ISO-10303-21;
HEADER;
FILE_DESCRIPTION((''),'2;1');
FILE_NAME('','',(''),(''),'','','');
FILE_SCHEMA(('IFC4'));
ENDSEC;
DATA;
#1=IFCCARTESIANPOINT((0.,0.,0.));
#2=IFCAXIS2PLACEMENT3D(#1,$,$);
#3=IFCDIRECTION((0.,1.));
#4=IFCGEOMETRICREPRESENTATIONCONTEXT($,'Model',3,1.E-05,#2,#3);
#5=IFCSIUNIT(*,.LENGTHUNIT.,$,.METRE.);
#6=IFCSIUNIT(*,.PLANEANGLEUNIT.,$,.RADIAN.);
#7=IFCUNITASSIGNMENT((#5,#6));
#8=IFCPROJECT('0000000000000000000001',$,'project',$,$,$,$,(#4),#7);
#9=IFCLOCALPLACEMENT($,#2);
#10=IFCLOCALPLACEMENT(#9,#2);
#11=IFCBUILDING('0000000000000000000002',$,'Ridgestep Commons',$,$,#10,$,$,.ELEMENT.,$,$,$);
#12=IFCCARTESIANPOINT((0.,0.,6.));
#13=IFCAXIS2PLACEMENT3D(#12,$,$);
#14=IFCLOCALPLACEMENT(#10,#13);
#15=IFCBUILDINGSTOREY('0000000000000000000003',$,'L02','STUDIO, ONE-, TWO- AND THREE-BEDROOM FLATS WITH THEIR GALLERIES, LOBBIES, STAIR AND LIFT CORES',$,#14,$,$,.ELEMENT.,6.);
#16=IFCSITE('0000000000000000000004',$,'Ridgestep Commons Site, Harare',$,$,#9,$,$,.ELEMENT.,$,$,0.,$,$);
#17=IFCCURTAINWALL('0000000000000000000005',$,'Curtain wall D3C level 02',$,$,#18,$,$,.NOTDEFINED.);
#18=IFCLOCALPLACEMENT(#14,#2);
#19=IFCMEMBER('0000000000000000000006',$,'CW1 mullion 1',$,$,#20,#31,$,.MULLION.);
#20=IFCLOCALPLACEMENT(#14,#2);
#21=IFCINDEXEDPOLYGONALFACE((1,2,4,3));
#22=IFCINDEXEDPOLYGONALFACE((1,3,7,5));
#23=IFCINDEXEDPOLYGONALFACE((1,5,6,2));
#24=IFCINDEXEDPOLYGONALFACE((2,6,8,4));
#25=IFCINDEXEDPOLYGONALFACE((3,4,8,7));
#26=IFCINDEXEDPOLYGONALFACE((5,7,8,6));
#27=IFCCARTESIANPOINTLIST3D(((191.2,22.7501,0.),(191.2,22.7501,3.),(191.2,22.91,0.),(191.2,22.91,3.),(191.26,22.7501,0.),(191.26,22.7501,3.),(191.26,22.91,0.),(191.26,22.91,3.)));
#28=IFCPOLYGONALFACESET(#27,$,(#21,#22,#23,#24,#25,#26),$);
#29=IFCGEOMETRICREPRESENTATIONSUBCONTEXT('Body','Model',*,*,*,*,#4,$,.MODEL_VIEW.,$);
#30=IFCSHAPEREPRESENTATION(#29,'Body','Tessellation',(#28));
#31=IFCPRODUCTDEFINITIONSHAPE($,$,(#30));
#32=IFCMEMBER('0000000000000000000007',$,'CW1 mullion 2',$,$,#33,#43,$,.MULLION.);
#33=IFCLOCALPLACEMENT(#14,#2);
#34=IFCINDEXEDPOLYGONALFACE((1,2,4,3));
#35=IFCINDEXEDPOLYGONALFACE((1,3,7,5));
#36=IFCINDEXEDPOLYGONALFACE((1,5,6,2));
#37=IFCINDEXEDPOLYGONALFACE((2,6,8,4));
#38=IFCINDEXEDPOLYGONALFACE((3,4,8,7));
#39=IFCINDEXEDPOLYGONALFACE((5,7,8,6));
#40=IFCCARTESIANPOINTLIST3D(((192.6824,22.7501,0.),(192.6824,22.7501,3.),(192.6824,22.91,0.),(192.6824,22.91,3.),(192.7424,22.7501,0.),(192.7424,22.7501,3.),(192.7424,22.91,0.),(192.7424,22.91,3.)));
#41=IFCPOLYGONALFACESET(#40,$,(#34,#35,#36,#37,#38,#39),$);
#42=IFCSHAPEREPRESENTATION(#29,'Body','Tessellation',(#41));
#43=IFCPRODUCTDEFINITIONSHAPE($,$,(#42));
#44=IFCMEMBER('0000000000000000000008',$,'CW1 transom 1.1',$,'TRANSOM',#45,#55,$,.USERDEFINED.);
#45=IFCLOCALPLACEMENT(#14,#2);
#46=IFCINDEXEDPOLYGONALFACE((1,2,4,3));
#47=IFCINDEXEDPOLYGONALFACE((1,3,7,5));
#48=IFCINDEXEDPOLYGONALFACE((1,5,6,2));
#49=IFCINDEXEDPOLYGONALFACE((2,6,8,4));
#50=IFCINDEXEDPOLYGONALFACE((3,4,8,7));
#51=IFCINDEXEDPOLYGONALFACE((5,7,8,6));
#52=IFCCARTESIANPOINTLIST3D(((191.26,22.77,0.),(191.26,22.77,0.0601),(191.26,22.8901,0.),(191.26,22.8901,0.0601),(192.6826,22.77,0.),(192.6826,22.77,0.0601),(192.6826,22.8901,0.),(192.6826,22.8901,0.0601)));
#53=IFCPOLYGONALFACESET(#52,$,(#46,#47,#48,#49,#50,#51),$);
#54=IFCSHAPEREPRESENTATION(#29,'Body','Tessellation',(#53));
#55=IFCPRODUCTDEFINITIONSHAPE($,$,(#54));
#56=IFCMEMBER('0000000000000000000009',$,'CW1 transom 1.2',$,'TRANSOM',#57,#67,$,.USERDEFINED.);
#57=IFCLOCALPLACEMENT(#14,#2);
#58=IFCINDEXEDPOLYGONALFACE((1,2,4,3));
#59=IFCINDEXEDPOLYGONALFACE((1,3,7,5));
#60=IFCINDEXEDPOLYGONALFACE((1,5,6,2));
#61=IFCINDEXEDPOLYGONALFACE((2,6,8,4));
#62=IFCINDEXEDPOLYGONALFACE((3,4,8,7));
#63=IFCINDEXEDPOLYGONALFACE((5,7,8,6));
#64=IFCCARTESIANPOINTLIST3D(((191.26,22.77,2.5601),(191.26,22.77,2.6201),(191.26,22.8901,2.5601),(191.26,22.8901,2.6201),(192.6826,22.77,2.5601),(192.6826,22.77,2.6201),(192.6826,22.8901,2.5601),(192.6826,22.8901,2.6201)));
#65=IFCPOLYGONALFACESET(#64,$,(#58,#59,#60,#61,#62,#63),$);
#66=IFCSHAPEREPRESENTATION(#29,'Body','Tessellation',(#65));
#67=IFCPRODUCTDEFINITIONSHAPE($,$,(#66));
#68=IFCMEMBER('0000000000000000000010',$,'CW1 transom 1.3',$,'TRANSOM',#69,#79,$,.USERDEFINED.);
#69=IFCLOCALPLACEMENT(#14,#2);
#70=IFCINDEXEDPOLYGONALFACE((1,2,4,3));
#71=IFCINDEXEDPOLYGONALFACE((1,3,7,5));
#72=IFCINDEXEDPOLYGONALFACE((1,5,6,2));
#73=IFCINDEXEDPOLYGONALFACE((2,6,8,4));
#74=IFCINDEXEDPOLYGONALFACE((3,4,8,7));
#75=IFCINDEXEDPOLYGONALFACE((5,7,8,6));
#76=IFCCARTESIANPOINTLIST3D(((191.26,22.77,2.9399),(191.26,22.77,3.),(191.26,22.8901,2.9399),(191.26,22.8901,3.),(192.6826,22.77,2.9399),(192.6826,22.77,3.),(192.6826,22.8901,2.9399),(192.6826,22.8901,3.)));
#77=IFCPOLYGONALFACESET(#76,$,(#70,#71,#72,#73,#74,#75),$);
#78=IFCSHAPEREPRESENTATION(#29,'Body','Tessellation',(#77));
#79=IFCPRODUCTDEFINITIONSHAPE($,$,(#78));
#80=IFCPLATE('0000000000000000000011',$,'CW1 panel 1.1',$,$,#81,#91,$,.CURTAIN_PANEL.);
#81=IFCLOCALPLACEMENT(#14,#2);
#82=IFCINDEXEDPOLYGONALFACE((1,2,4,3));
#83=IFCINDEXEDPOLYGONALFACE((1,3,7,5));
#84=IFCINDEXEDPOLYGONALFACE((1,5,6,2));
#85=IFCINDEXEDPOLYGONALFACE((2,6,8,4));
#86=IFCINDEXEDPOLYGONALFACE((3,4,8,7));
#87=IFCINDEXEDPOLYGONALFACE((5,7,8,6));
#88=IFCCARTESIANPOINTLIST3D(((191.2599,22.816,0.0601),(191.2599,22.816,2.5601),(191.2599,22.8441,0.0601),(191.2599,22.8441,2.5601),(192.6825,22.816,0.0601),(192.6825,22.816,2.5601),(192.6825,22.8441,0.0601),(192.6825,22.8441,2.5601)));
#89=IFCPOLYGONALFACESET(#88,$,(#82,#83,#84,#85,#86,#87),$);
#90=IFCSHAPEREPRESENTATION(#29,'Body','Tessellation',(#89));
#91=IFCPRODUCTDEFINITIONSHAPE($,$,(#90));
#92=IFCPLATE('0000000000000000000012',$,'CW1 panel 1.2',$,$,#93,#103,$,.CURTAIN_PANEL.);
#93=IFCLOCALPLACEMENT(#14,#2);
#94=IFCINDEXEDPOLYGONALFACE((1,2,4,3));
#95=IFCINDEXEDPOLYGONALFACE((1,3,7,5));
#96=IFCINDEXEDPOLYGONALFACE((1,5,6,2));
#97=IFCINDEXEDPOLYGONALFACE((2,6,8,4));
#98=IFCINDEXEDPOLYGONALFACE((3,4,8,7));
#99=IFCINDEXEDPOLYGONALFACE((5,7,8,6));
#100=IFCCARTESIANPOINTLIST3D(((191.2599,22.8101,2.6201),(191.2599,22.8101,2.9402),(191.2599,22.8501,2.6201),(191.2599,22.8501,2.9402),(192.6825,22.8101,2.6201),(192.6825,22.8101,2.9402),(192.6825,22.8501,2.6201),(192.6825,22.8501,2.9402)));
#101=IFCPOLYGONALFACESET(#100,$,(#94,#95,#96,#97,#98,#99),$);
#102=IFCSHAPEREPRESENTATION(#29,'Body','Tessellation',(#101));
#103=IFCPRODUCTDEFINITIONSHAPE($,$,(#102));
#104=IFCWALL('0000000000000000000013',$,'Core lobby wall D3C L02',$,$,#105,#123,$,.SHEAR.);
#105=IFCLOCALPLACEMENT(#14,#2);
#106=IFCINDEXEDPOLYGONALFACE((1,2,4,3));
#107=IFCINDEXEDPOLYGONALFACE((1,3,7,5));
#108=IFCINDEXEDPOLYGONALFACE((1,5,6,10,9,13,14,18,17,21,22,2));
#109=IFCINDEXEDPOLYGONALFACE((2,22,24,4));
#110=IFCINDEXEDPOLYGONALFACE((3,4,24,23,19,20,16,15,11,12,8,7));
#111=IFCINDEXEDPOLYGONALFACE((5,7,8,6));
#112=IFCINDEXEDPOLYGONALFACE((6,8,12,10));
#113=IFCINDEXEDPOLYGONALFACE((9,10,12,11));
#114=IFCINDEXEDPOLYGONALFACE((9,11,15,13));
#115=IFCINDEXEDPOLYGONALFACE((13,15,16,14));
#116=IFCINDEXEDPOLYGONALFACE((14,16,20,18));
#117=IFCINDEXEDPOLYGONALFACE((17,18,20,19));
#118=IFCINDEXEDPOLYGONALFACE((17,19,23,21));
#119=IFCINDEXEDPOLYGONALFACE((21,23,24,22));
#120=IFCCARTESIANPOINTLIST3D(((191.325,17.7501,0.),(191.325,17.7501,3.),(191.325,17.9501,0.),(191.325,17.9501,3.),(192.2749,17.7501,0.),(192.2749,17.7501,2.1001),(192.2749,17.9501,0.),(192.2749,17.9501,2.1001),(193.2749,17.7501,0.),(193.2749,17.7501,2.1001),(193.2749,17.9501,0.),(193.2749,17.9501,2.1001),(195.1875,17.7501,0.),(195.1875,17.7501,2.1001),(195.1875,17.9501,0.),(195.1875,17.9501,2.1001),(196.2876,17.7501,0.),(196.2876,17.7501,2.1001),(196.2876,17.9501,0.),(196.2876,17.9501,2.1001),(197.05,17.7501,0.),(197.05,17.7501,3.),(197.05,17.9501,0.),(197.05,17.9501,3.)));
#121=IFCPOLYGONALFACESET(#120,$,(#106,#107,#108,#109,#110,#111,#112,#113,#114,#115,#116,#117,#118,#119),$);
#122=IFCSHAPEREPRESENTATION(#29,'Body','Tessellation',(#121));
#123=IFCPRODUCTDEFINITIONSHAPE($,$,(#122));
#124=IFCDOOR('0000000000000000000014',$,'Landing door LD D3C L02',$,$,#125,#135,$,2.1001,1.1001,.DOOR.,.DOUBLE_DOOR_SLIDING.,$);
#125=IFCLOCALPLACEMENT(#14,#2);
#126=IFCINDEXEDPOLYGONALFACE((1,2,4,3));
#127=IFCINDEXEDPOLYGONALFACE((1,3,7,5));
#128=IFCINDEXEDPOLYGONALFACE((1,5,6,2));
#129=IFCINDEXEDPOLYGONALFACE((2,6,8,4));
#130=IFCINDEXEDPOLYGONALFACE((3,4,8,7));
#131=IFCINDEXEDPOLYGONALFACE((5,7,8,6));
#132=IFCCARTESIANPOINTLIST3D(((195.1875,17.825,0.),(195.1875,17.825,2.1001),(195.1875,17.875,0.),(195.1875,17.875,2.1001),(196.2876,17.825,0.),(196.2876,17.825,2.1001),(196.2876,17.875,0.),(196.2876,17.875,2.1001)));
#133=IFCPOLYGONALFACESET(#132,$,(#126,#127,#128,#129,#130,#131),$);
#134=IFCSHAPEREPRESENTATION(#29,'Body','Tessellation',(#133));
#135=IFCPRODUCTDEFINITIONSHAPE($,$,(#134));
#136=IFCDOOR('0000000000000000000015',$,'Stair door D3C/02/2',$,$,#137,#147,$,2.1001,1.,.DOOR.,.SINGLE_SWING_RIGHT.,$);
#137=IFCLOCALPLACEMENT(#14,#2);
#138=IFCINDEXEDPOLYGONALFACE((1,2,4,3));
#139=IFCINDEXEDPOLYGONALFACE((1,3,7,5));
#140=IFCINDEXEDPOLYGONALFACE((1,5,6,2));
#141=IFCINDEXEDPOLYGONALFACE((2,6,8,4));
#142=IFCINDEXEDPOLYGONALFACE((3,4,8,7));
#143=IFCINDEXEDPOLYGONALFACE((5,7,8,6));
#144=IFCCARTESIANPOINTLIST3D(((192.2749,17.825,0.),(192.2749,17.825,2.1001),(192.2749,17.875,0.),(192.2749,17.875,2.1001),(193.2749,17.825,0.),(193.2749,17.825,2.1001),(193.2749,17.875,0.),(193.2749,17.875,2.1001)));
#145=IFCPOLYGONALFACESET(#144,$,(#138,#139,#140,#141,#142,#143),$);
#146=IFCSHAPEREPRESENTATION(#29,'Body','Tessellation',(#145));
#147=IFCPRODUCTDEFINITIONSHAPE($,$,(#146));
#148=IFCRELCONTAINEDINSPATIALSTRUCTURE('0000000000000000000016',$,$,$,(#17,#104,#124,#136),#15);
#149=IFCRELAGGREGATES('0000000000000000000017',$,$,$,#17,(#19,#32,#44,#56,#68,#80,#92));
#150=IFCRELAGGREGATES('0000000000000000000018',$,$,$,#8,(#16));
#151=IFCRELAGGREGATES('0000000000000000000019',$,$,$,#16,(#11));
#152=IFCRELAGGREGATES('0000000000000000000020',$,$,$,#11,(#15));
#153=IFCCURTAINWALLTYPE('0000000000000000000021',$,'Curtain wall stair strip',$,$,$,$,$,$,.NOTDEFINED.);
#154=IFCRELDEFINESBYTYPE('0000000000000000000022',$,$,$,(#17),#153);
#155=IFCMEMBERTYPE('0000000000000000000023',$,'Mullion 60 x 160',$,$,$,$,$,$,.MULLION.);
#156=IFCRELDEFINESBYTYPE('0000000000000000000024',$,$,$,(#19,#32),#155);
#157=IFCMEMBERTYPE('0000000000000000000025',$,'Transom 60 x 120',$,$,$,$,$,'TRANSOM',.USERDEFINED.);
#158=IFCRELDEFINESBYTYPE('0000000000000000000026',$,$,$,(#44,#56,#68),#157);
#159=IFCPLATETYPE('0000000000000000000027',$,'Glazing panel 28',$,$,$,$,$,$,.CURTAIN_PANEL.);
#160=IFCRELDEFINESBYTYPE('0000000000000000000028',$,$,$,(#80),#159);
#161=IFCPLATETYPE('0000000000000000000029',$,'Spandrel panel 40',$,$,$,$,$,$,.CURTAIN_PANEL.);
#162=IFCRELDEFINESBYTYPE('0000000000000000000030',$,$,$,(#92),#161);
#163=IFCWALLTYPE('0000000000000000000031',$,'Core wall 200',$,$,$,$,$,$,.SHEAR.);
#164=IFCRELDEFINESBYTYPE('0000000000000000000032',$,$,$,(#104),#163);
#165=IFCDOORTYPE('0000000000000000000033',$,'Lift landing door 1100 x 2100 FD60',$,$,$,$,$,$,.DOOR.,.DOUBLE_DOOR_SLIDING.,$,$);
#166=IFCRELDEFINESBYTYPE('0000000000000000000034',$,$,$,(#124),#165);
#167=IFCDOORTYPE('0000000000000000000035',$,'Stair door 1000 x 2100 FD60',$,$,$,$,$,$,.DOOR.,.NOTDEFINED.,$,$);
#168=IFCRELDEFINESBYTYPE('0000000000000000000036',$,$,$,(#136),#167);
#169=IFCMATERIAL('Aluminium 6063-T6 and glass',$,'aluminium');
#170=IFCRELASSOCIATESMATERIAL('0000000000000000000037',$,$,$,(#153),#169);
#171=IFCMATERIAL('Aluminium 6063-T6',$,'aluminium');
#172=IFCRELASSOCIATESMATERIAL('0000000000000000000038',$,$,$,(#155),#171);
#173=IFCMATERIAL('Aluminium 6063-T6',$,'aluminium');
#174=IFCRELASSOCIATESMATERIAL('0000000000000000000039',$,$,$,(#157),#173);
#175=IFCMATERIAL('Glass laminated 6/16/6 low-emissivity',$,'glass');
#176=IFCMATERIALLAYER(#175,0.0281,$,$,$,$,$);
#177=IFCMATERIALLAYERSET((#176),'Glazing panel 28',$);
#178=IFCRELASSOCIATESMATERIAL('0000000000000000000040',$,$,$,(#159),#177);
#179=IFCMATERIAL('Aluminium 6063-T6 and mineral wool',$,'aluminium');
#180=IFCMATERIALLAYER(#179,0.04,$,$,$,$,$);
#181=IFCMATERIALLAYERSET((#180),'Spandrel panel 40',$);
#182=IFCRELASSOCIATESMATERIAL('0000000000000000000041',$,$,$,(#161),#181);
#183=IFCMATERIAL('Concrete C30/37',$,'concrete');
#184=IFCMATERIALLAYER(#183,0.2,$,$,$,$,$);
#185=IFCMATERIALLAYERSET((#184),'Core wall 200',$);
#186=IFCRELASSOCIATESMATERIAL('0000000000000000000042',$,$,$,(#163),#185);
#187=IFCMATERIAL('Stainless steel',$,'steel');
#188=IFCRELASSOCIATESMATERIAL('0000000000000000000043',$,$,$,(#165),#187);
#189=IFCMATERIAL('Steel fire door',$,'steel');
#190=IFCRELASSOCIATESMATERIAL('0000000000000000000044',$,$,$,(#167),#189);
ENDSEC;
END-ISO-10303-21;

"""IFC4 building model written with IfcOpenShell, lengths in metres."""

from ifc_helpers import new_model, si_unit, direction, frame, frame_2d, origin, origin_2d, place, context, subcontext, project, spatial, rectangle, extrude, material, layer, layer_set, material_profile, profile_set, type_object, element, fill, aggregate, save


model = new_model("IFC4")

# Units and contexts
model_context = context("Model", 3, precision=1e-05, world=origin(), true_north=direction((0.0, 1.0)))
body_context = subcontext(model_context, "Body", "Model", "MODEL_VIEW")
ifc_project = project(units=[si_unit("LENGTHUNIT", "METRE"), si_unit("PLANEANGLEUNIT", "RADIAN")], contexts=[model_context])

# Site, building, storey
site_placement = place(None, origin())
site = spatial("IfcSite", under=ifc_project, at=site_placement, Name="Ridgestep Commons Site, Harare", CompositionType="ELEMENT", RefElevation=0.0)
building_placement = place(site_placement, origin())
building = spatial("IfcBuilding", under=site, at=building_placement, Name="Ridgestep Commons", CompositionType="ELEMENT")
storey_placement = place(building_placement, frame((0.0, 0.0, 6.0)))
storey = spatial("IfcBuildingStorey", under=building, at=storey_placement, Name="L02", Description="STUDIO, ONE-, TWO- AND THREE-BEDROOM FLATS WITH THEIR GALLERIES, LOBBIES, STAIR AND LIFT CORES", CompositionType="ELEMENT", Elevation=6.0)

# Curtain wall, members, plates
ifc_material_1 = material(Name="Aluminium 6063-T6 and glass", Category="aluminium")
curtain_wall_type = type_object("IfcCurtainWallType", Name="Curtain wall stair strip", PredefinedType="NOTDEFINED", material=ifc_material_1)
curtain_wall_placement = place(storey_placement, origin())
curtain_wall = element("IfcCurtainWall", 1, at=curtain_wall_placement, inside=storey, type_object=curtain_wall_type, Name="Curtain wall D3C level 02", PredefinedType="NOTDEFINED")
ifc_material_2 = material(Name="Aluminium 6063-T6", Category="aluminium")
ifc_material_profile_1 = material_profile(ifc_material_2, rectangle(XDim=0.1599, YDim=0.0601, at=origin_2d()), Name="Mullion 60 x 160")
ifc_profile_set_1 = profile_set([ifc_material_profile_1], Name="Aluminium 6063-T6")
member_type_1 = type_object("IfcMemberType", Name="Mullion 60 x 160", PredefinedType="MULLION", material=ifc_profile_set_1)
member_1_placement = place(storey_placement, frame((191.23, 22.8301, 0.0), z_axis=(0.0, 0.0, 1.0), x_axis=(0.0, 1.0, 0.0)))
member_1 = element("IfcMember", 2, at=member_1_placement, type_object=member_type_1, Name="CW1 mullion 1", PredefinedType="MULLION", context=body_context, shape_type="SweptSolid", body=[
    extrude(rectangle(XDim=0.1599, YDim=0.0601, at=origin_2d()), origin(), (0.0, 0.0, 1.0), 3.0),
])
member_2_placement = place(storey_placement, frame((192.7124, 22.8301, 0.0), z_axis=(0.0, 0.0, 1.0), x_axis=(0.0, 1.0, 0.0)))
member_2 = element("IfcMember", 3, at=member_2_placement, type_object=member_type_1, Name="CW1 mullion 2", PredefinedType="MULLION", context=body_context, shape_type="SweptSolid", body=[
    extrude(rectangle(XDim=0.1599, YDim=0.0601, at=origin_2d()), origin(), (0.0, 0.0, 1.0), 3.0),
])
ifc_material_3 = material(Name="Aluminium 6063-T6", Category="aluminium")
ifc_material_profile_2 = material_profile(ifc_material_3, rectangle(XDim=0.1201, YDim=0.0601, at=origin_2d()), Name="Transom 60 x 120")
ifc_profile_set_2 = profile_set([ifc_material_profile_2], Name="Aluminium 6063-T6")
member_type_2 = type_object("IfcMemberType", Name="Transom 60 x 120", ElementType="TRANSOM", PredefinedType="USERDEFINED", material=ifc_profile_set_2)
member_3_placement = place(storey_placement, frame((191.26, 22.8301, 0.03), z_axis=(1.0, 0.0, 0.0), x_axis=(0.0, 1.0, 0.0)))
member_3 = element("IfcMember", 4, at=member_3_placement, type_object=member_type_2, Name="CW1 transom 1.1", ObjectType="TRANSOM", PredefinedType="USERDEFINED", context=body_context, shape_type="SweptSolid", body=[
    extrude(rectangle(XDim=0.1201, YDim=0.0601, at=origin_2d()), origin(), (0.0, 0.0, 1.0), 1.4226),
])
member_4_placement = place(storey_placement, frame((191.26, 22.8301, 2.5901), z_axis=(1.0, 0.0, 0.0), x_axis=(0.0, 1.0, 0.0)))
member_4 = element("IfcMember", 5, at=member_4_placement, type_object=member_type_2, Name="CW1 transom 1.2", ObjectType="TRANSOM", PredefinedType="USERDEFINED", context=body_context, shape_type="SweptSolid", body=[
    extrude(rectangle(XDim=0.1201, YDim=0.0601, at=origin_2d()), origin(), (0.0, 0.0, 1.0), 1.4226),
])
member_5_placement = place(storey_placement, frame((191.26, 22.8301, 2.97), z_axis=(1.0, 0.0, 0.0), x_axis=(0.0, 1.0, 0.0)))
member_5 = element("IfcMember", 6, at=member_5_placement, type_object=member_type_2, Name="CW1 transom 1.3", ObjectType="TRANSOM", PredefinedType="USERDEFINED", context=body_context, shape_type="SweptSolid", body=[
    extrude(rectangle(XDim=0.1201, YDim=0.0601, at=origin_2d()), origin(), (0.0, 0.0, 1.0), 1.4226),
])
ifc_material_4 = material(Name="Glass laminated 6/16/6 low-emissivity", Category="glass")
ifc_layer_1 = layer(ifc_material_4, 0.0281)
ifc_layer_set_1 = layer_set([ifc_layer_1], Name="Glazing panel 28")
plate_type_1 = type_object("IfcPlateType", Name="Glazing panel 28", PredefinedType="CURTAIN_PANEL", material=ifc_layer_set_1)
plate_1_placement = place(storey_placement, frame((191.9712, 22.8301, 0.0601), z_axis=(0.0, 0.0, 1.0), x_axis=(1.0, 0.0, 0.0)))
plate_1 = element("IfcPlate", 7, at=plate_1_placement, type_object=plate_type_1, Name="CW1 panel 1.1", PredefinedType="CURTAIN_PANEL", context=body_context, shape_type="SweptSolid", body=[
    extrude(rectangle(XDim=1.4226, YDim=0.0281, at=origin_2d()), origin(), (0.0, 0.0, 1.0), 2.5),
])
ifc_material_5 = material(Name="Aluminium 6063-T6 and mineral wool", Category="aluminium")
ifc_layer_2 = layer(ifc_material_5, 0.04)
ifc_layer_set_2 = layer_set([ifc_layer_2], Name="Spandrel panel 40")
plate_type_2 = type_object("IfcPlateType", Name="Spandrel panel 40", PredefinedType="CURTAIN_PANEL", material=ifc_layer_set_2)
plate_2_placement = place(storey_placement, frame((191.9712, 22.8301, 2.6201), z_axis=(0.0, 0.0, 1.0), x_axis=(1.0, 0.0, 0.0)))
plate_2 = element("IfcPlate", 8, at=plate_2_placement, type_object=plate_type_2, Name="CW1 panel 1.2", PredefinedType="CURTAIN_PANEL", context=body_context, shape_type="SweptSolid", body=[
    extrude(rectangle(XDim=1.4226, YDim=0.04, at=origin_2d()), origin(), (0.0, 0.0, 1.0), 0.3201),
])
aggregate(curtain_wall, [member_1, member_2, member_3, member_4, member_5, plate_1, plate_2])

# Wall, openings, doors
ifc_material_6 = material(Name="Concrete C30/37", Category="concrete")
ifc_layer_3 = layer(ifc_material_6, 0.2)
ifc_layer_set_3 = layer_set([ifc_layer_3], Name="Core wall 200")
wall_type_1 = type_object("IfcWallType", Name="Core wall 200", PredefinedType="SHEAR", material=ifc_layer_set_3)
wall_1_placement = place(storey_placement, frame((191.325, 17.8501, 0.0), z_axis=(0.0, 0.0, 1.0), x_axis=(1.0, 0.0, 0.0)))
wall_1 = element("IfcWall", 9, at=wall_1_placement, inside=storey, type_object=wall_type_1, Name="Core lobby wall D3C L02", PredefinedType="SHEAR", context=body_context, shape_type="SweptSolid", body=[
    extrude(rectangle(XDim=5.7251, YDim=0.2, at=frame_2d((2.8625, 0.0))), origin(), (0.0, 0.0, 1.0), 3.0),
])
opening_1_placement = place(wall_1_placement, frame((0.95, 0.0, 0.0)))
opening_1 = element("IfcOpeningElement", 10, at=opening_1_placement, cuts=wall_1, PredefinedType="OPENING", context=body_context, shape_type="SweptSolid", body=[
    extrude(rectangle(XDim=1.0, YDim=2.1001, at=frame_2d((0.5, 1.05))), frame((0.0, 0.1099, 0.0), z_axis=(0.0, -1.0, 0.0), x_axis=(1.0, 0.0, 0.0)), (0.0, 0.0, 1.0), 0.22),
])
opening_2_placement = place(wall_1_placement, frame((3.8625, 0.0, 0.0)))
opening_2 = element("IfcOpeningElement", 11, at=opening_2_placement, cuts=wall_1, PredefinedType="OPENING", context=body_context, shape_type="SweptSolid", body=[
    extrude(rectangle(XDim=1.1001, YDim=2.1001, at=frame_2d((0.55, 1.05))), frame((0.0, 0.1099, 0.0), z_axis=(0.0, -1.0, 0.0), x_axis=(1.0, 0.0, 0.0)), (0.0, 0.0, 1.0), 0.22),
])
ifc_material_7 = material(Name="Stainless steel", Category="steel")
door_type_1 = type_object("IfcDoorType", Name="Lift landing door 1100 x 2100 FD60", OperationType="DOUBLE_DOOR_SLIDING", PredefinedType="DOOR", material=ifc_material_7)
door_1_placement = place(opening_2_placement, origin())
door_1 = element("IfcDoor", 12, at=door_1_placement, inside=storey, type_object=door_type_1, Name="Landing door LD D3C L02", OperationType="DOUBLE_DOOR_SLIDING", OverallHeight=2.1001, OverallWidth=1.1001, PredefinedType="DOOR", context=body_context, shape_type="SweptSolid", body=[
    extrude(rectangle(XDim=1.1001, YDim=2.1001, at=frame_2d((0.55, 1.05))), frame((0.0, 0.0249, 0.0), z_axis=(0.0, -1.0, 0.0), x_axis=(1.0, 0.0, 0.0)), (0.0, 0.0, 1.0), 0.05),
])
fill(opening_2, door_1)
ifc_material_8 = material(Name="Steel fire door", Category="steel")
door_type_2 = type_object("IfcDoorType", Name="Stair door 1000 x 2100 FD60", OperationType="NOTDEFINED", PredefinedType="DOOR", material=ifc_material_8)
door_2_placement = place(opening_1_placement, origin())
door_2 = element("IfcDoor", 13, at=door_2_placement, inside=storey, type_object=door_type_2, Name="Stair door D3C/02/2", OperationType="SINGLE_SWING_RIGHT", OverallHeight=2.1001, OverallWidth=1.0, PredefinedType="DOOR", context=body_context, shape_type="SweptSolid", body=[
    extrude(rectangle(XDim=1.0, YDim=2.1001, at=frame_2d((0.5, 1.05))), frame((0.0, 0.0249, 0.0), z_axis=(0.0, -1.0, 0.0), x_axis=(1.0, 0.0, 0.0)), (0.0, 0.0, 1.0), 0.05),
])
fill(opening_1, door_2)

save(model, "model.ifc")
